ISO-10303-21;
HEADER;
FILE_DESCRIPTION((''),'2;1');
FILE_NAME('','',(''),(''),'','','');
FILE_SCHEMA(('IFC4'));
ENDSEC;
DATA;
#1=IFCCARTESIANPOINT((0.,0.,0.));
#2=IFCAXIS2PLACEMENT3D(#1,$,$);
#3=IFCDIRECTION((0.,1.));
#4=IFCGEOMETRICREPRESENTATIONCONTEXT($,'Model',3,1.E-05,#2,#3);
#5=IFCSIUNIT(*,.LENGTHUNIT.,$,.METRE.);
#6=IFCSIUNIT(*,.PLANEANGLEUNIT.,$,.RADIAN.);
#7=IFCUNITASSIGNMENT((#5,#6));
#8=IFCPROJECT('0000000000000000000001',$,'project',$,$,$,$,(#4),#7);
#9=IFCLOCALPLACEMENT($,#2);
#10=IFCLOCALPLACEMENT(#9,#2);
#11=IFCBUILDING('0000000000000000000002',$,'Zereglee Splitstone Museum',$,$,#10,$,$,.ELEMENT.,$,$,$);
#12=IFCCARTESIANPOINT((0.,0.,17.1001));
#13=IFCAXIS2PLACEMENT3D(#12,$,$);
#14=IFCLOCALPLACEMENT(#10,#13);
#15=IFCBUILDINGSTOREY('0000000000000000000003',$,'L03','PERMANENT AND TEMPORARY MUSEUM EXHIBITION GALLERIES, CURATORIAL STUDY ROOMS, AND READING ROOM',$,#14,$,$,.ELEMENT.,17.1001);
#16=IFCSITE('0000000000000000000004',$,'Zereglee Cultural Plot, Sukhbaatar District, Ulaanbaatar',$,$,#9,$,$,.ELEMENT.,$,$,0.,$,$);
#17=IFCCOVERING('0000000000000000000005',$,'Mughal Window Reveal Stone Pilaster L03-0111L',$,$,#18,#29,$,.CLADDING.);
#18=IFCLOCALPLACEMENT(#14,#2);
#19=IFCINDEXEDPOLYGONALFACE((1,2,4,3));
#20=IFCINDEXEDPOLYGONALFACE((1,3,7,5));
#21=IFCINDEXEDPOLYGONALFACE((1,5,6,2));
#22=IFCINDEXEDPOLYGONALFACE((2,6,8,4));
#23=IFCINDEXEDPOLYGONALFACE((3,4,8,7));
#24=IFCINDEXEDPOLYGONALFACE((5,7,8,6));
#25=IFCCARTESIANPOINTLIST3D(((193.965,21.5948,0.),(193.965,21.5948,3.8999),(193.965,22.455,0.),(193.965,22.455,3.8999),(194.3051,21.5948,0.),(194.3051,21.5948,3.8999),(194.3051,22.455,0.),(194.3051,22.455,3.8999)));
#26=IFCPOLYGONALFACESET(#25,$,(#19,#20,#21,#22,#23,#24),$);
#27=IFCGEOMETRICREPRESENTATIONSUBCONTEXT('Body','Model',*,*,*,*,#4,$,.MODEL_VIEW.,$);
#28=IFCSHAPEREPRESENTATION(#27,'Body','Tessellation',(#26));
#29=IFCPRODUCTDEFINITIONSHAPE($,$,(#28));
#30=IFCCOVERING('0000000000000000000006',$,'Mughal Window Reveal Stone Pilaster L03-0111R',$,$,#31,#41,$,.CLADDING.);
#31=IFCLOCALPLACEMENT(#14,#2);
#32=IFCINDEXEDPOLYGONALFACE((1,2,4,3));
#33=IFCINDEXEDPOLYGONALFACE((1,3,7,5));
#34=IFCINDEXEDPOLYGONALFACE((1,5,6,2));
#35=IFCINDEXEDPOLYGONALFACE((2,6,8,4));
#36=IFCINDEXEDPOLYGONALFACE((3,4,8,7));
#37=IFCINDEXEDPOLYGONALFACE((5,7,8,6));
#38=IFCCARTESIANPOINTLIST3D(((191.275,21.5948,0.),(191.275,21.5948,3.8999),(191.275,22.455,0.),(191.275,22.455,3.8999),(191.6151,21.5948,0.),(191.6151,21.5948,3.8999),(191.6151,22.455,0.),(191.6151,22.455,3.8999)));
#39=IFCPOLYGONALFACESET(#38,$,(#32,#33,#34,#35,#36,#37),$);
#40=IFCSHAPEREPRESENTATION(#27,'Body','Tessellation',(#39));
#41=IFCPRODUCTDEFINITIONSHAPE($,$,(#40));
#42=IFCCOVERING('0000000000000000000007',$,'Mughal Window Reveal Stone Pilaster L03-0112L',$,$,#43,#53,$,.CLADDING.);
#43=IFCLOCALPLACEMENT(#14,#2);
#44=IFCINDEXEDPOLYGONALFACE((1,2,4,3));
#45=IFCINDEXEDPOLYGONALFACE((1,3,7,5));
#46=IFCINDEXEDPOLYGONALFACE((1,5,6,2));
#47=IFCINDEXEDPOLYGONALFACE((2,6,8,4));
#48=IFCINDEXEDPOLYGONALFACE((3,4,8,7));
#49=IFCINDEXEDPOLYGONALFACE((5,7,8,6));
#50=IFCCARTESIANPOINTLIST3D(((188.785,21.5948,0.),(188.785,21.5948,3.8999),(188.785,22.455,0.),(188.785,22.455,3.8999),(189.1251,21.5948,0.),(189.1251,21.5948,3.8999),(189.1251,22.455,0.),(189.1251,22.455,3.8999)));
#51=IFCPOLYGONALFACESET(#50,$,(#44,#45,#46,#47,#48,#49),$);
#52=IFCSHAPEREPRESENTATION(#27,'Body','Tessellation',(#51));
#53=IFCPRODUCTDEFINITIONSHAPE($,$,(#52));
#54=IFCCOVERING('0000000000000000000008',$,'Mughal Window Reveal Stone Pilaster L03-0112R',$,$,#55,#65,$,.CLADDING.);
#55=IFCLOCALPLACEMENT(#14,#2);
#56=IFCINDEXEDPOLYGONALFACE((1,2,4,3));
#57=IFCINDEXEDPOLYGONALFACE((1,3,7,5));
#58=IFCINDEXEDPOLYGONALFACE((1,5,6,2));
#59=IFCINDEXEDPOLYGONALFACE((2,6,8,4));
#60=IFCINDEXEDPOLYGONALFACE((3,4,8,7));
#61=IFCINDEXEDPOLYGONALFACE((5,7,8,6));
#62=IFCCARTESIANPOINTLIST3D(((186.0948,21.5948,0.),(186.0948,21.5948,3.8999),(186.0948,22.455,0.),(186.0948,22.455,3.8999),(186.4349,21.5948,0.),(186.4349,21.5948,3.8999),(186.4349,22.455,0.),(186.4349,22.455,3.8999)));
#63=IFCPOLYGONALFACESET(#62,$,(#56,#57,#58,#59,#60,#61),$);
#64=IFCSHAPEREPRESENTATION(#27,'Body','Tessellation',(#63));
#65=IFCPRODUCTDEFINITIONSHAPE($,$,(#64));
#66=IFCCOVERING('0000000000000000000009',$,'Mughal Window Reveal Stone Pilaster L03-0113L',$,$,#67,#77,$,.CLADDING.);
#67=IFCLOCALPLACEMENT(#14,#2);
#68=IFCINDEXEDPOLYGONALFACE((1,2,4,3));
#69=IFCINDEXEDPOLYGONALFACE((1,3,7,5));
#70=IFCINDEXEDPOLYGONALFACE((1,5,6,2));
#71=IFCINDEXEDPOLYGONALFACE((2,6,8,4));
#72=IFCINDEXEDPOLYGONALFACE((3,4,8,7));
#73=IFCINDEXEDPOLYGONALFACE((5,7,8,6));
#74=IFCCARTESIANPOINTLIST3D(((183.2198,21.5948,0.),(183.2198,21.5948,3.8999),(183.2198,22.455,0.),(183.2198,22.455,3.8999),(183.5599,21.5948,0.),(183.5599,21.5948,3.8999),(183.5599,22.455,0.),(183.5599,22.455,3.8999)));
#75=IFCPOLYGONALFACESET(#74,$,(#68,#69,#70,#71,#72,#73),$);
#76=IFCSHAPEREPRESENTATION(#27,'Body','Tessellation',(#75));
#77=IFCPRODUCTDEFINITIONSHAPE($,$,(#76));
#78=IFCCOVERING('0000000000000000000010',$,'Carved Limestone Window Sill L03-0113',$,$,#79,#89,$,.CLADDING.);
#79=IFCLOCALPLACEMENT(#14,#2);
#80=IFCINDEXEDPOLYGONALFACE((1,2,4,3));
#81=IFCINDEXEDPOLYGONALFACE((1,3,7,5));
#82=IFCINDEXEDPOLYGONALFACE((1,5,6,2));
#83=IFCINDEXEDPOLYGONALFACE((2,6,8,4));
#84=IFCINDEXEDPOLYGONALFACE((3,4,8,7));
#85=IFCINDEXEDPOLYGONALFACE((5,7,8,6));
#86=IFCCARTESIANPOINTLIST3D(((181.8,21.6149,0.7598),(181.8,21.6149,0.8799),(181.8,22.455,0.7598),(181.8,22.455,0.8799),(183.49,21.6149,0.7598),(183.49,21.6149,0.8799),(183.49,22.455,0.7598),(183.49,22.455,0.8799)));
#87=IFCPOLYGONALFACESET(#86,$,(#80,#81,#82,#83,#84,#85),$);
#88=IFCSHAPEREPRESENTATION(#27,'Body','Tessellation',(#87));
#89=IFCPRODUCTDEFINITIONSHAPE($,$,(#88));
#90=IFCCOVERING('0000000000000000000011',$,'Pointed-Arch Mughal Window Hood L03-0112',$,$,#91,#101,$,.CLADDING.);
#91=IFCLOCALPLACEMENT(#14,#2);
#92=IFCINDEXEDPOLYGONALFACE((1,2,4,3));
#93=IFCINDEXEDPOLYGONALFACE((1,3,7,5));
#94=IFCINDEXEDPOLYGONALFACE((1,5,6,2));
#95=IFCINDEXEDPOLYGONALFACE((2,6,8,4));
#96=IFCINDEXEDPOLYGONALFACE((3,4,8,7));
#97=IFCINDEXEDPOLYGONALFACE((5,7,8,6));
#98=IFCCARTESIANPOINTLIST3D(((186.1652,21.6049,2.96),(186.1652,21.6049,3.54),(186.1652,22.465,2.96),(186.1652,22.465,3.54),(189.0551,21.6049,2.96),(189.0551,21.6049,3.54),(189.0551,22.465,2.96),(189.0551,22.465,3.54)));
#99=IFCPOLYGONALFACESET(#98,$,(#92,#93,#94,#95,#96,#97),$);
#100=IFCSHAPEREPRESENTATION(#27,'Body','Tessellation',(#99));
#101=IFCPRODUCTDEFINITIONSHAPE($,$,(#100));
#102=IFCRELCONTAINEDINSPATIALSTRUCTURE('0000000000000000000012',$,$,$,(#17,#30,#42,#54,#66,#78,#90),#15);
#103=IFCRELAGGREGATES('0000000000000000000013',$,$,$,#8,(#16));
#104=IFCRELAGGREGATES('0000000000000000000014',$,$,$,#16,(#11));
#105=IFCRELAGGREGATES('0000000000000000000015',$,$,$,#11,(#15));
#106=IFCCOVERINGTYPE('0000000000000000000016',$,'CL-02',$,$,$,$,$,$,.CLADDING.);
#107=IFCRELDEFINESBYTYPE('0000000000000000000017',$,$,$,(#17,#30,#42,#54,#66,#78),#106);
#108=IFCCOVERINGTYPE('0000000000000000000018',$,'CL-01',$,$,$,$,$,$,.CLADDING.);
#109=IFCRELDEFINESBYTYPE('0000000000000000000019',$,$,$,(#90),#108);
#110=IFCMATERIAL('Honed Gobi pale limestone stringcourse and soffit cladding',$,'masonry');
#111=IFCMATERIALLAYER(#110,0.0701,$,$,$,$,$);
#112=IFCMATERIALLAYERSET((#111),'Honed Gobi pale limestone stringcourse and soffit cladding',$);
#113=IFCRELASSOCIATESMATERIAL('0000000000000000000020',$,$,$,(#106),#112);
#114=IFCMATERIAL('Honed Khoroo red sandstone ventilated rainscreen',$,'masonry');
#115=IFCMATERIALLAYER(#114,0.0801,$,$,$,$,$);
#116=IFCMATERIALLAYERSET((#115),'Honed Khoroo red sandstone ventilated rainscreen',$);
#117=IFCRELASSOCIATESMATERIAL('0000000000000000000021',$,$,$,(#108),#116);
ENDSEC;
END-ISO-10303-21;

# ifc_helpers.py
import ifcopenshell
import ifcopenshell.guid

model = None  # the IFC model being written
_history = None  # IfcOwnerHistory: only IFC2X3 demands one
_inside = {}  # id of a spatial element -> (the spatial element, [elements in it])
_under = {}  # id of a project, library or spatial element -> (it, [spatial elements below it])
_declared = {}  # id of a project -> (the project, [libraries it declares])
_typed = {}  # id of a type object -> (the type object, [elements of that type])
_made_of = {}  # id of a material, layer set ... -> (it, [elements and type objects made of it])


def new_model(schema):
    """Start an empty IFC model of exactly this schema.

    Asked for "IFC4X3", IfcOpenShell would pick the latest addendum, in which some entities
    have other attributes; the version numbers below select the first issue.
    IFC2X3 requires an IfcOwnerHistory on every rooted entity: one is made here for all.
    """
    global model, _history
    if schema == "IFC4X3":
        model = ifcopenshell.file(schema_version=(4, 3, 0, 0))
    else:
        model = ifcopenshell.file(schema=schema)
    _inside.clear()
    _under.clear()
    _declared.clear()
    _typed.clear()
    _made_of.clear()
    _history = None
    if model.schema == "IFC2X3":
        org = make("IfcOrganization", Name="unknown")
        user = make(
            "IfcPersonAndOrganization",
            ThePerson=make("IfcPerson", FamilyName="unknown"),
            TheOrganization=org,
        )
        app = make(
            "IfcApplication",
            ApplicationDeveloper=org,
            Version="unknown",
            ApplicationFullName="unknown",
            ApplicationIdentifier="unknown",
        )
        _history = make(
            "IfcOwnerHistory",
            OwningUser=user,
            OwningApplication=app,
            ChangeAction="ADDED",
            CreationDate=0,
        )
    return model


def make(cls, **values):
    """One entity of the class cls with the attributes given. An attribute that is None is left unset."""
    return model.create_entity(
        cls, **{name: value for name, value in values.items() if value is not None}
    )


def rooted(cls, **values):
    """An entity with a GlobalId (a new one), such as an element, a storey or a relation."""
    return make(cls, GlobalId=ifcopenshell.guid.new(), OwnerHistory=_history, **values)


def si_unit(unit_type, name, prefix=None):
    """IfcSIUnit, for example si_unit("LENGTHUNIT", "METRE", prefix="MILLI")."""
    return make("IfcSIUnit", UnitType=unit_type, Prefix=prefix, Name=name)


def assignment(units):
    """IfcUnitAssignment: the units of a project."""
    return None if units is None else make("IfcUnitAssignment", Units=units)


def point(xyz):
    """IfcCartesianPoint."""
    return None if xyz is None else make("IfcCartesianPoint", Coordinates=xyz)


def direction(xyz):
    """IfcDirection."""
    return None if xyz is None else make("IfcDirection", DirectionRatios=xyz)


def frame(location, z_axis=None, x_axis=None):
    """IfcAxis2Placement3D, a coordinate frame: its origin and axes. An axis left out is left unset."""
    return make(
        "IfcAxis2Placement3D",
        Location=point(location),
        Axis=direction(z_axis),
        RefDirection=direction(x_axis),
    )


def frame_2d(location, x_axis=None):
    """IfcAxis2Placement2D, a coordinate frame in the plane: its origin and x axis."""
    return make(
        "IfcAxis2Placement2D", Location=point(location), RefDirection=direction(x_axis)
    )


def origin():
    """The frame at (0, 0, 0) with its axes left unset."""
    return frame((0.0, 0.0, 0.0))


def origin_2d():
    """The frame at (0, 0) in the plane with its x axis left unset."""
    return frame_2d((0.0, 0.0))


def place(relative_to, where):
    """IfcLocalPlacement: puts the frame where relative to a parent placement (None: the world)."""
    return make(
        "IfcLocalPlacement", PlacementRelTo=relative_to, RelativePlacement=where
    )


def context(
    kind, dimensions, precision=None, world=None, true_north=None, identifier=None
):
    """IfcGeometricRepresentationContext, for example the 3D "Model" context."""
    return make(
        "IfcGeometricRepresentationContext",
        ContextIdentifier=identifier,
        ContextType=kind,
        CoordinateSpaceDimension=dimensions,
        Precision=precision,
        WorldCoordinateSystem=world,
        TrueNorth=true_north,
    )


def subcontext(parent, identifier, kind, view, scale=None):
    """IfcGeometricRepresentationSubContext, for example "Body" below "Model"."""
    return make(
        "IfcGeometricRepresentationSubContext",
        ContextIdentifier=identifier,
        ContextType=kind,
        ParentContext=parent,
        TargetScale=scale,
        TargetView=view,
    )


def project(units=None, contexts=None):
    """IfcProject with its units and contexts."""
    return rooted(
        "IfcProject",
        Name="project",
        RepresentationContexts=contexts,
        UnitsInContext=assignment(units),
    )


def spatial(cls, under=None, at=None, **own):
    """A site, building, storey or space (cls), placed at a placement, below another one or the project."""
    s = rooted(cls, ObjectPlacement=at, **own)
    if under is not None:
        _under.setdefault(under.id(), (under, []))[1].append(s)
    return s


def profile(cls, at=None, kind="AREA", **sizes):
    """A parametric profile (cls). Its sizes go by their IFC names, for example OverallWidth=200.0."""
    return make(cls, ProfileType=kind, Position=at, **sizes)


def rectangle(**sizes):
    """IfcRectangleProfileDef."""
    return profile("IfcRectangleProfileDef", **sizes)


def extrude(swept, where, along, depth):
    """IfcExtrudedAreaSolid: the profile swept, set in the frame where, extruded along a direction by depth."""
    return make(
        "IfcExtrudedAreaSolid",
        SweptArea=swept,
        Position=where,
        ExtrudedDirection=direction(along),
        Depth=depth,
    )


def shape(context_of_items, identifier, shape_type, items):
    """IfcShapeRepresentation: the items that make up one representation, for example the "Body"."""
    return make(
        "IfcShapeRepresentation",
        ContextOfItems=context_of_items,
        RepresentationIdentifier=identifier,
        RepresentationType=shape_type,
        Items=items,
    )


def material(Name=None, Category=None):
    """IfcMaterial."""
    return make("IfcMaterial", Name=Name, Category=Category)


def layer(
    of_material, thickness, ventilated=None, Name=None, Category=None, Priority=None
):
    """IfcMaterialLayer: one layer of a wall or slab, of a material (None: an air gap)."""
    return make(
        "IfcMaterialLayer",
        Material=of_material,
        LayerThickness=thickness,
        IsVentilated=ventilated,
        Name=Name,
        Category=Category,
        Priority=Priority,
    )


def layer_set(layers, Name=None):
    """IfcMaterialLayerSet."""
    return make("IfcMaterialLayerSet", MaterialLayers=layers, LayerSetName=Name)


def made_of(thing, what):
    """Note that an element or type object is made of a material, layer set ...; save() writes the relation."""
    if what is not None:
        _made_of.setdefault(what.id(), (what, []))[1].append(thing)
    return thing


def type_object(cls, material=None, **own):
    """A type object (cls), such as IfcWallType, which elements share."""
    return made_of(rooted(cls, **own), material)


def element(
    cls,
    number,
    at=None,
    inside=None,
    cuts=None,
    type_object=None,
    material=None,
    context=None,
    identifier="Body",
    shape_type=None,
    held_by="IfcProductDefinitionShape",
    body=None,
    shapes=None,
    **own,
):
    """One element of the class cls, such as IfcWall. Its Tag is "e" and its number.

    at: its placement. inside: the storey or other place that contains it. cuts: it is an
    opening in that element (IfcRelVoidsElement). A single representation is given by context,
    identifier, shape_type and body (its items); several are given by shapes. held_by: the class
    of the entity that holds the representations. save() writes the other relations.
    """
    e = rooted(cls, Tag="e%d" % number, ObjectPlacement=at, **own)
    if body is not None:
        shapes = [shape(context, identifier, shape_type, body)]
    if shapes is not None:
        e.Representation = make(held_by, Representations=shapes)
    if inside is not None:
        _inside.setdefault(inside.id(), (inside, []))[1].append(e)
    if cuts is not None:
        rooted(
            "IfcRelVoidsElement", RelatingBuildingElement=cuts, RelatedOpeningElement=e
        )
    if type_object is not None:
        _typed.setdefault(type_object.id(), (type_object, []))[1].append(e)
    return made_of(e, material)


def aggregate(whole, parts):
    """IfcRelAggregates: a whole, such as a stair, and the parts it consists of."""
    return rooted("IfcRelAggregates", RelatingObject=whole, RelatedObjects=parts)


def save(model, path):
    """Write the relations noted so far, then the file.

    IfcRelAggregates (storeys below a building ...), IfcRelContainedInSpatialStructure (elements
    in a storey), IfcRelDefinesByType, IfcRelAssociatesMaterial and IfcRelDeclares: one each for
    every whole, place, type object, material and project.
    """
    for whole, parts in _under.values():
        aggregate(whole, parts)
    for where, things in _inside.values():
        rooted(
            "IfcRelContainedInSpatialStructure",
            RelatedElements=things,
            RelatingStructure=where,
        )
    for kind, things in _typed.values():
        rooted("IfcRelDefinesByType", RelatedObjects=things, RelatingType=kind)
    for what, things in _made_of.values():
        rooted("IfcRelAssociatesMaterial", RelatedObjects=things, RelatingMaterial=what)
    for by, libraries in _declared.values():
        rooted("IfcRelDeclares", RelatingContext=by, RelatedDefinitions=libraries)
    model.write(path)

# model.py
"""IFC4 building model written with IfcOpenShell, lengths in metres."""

from ifc_helpers import new_model, si_unit, direction, frame, origin, origin_2d, place, context, subcontext, project, spatial, rectangle, extrude, material, layer, layer_set, type_object, element, save


model = new_model("IFC4")

# Units and contexts
model_context = context("Model", 3, precision=1e-05, world=origin(), true_north=direction((0.0, 1.0)))
body_context = subcontext(model_context, "Body", "Model", "MODEL_VIEW")
ifc_project = project(units=[si_unit("LENGTHUNIT", "METRE"), si_unit("PLANEANGLEUNIT", "RADIAN")], contexts=[model_context])

# Site, building, storey
site_placement = place(None, origin())
site = spatial("IfcSite", under=ifc_project, at=site_placement, Name="Zereglee Cultural Plot, Sukhbaatar District, Ulaanbaatar", CompositionType="ELEMENT", RefElevation=0.0)
building_placement = place(site_placement, origin())
building = spatial("IfcBuilding", under=site, at=building_placement, Name="Zereglee Splitstone Museum", CompositionType="ELEMENT")
storey_placement = place(building_placement, frame((0.0, 0.0, 17.1001)))
storey = spatial("IfcBuildingStorey", under=building, at=storey_placement, Name="L03", Description="PERMANENT AND TEMPORARY MUSEUM EXHIBITION GALLERIES, CURATORIAL STUDY ROOMS, AND READING ROOM", CompositionType="ELEMENT", Elevation=17.1001)

# Coverings
ifc_material_1 = material(Name="Honed Gobi pale limestone stringcourse and soffit cladding", Category="masonry")
ifc_layer_1 = layer(ifc_material_1, 0.0701)
ifc_layer_set_1 = layer_set([ifc_layer_1], Name="Honed Gobi pale limestone stringcourse and soffit cladding")
covering_type_1 = type_object("IfcCoveringType", Name="CL-02", PredefinedType="CLADDING", material=ifc_layer_set_1)
for number, where, z_axis, x_axis, name in (
    (1, (194.135, 22.0249, 0.0), (0.0, 0.0, 1.0), (-1.0, 0.0, 0.0), "Mughal Window Reveal Stone Pilaster L03-0111L"),
    (2, (191.4451, 22.0249, 0.0), (0.0, 0.0, 1.0), (-1.0, 0.0, 0.0), "Mughal Window Reveal Stone Pilaster L03-0111R"),
    (3, (188.9551, 22.0249, 0.0), (0.0, 0.0, 1.0), (-1.0, 0.0, 0.0), "Mughal Window Reveal Stone Pilaster L03-0112L"),
    (4, (186.2649, 22.0249, 0.0), (0.0, 0.0, 1.0), (-1.0, 0.0, 0.0), "Mughal Window Reveal Stone Pilaster L03-0112R"),
    (5, (183.3899, 22.0249, 0.0), (0.0, 0.0, 1.0), (-1.0, 0.0, 0.0), "Mughal Window Reveal Stone Pilaster L03-0113L"),
):
    element("IfcCovering", number, at=place(storey_placement, frame(where, z_axis=z_axis, x_axis=x_axis)), inside=storey, type_object=covering_type_1, Name=name, PredefinedType="CLADDING", context=body_context, shape_type="SweptSolid", body=[
        extrude(rectangle(XDim=0.3401, YDim=0.8601, at=origin_2d()), origin(), (0.0, 0.0, 1.0), 3.8999),
    ])
covering_1_placement = place(storey_placement, frame((182.645, 22.0349, 0.7598), z_axis=(0.0, 0.0, 1.0), x_axis=(-1.0, 0.0, 0.0)))
element("IfcCovering", 6, at=covering_1_placement, inside=storey, type_object=covering_type_1, Name="Carved Limestone Window Sill L03-0113", PredefinedType="CLADDING", context=body_context, shape_type="SweptSolid", body=[
    extrude(rectangle(XDim=1.6899, YDim=0.8401, at=origin_2d()), origin(), (0.0, 0.0, 1.0), 0.1201),
])
ifc_material_2 = material(Name="Honed Khoroo red sandstone ventilated rainscreen", Category="masonry")
ifc_layer_2 = layer(ifc_material_2, 0.0801)
ifc_layer_set_2 = layer_set([ifc_layer_2], Name="Honed Khoroo red sandstone ventilated rainscreen")
covering_type_2 = type_object("IfcCoveringType", Name="CL-01", PredefinedType="CLADDING", material=ifc_layer_set_2)
covering_2_placement = place(storey_placement, frame((187.6101, 22.0349, 2.96), z_axis=(0.0, 0.0, 1.0), x_axis=(-1.0, 0.0, 0.0)))
element("IfcCovering", 7, at=covering_2_placement, inside=storey, type_object=covering_type_2, Name="Pointed-Arch Mughal Window Hood L03-0112", PredefinedType="CLADDING", context=body_context, shape_type="SweptSolid", body=[
    extrude(rectangle(XDim=2.8899, YDim=0.8601, at=origin_2d()), origin(), (0.0, 0.0, 1.0), 0.5801),
])

save(model, "model.ifc")
